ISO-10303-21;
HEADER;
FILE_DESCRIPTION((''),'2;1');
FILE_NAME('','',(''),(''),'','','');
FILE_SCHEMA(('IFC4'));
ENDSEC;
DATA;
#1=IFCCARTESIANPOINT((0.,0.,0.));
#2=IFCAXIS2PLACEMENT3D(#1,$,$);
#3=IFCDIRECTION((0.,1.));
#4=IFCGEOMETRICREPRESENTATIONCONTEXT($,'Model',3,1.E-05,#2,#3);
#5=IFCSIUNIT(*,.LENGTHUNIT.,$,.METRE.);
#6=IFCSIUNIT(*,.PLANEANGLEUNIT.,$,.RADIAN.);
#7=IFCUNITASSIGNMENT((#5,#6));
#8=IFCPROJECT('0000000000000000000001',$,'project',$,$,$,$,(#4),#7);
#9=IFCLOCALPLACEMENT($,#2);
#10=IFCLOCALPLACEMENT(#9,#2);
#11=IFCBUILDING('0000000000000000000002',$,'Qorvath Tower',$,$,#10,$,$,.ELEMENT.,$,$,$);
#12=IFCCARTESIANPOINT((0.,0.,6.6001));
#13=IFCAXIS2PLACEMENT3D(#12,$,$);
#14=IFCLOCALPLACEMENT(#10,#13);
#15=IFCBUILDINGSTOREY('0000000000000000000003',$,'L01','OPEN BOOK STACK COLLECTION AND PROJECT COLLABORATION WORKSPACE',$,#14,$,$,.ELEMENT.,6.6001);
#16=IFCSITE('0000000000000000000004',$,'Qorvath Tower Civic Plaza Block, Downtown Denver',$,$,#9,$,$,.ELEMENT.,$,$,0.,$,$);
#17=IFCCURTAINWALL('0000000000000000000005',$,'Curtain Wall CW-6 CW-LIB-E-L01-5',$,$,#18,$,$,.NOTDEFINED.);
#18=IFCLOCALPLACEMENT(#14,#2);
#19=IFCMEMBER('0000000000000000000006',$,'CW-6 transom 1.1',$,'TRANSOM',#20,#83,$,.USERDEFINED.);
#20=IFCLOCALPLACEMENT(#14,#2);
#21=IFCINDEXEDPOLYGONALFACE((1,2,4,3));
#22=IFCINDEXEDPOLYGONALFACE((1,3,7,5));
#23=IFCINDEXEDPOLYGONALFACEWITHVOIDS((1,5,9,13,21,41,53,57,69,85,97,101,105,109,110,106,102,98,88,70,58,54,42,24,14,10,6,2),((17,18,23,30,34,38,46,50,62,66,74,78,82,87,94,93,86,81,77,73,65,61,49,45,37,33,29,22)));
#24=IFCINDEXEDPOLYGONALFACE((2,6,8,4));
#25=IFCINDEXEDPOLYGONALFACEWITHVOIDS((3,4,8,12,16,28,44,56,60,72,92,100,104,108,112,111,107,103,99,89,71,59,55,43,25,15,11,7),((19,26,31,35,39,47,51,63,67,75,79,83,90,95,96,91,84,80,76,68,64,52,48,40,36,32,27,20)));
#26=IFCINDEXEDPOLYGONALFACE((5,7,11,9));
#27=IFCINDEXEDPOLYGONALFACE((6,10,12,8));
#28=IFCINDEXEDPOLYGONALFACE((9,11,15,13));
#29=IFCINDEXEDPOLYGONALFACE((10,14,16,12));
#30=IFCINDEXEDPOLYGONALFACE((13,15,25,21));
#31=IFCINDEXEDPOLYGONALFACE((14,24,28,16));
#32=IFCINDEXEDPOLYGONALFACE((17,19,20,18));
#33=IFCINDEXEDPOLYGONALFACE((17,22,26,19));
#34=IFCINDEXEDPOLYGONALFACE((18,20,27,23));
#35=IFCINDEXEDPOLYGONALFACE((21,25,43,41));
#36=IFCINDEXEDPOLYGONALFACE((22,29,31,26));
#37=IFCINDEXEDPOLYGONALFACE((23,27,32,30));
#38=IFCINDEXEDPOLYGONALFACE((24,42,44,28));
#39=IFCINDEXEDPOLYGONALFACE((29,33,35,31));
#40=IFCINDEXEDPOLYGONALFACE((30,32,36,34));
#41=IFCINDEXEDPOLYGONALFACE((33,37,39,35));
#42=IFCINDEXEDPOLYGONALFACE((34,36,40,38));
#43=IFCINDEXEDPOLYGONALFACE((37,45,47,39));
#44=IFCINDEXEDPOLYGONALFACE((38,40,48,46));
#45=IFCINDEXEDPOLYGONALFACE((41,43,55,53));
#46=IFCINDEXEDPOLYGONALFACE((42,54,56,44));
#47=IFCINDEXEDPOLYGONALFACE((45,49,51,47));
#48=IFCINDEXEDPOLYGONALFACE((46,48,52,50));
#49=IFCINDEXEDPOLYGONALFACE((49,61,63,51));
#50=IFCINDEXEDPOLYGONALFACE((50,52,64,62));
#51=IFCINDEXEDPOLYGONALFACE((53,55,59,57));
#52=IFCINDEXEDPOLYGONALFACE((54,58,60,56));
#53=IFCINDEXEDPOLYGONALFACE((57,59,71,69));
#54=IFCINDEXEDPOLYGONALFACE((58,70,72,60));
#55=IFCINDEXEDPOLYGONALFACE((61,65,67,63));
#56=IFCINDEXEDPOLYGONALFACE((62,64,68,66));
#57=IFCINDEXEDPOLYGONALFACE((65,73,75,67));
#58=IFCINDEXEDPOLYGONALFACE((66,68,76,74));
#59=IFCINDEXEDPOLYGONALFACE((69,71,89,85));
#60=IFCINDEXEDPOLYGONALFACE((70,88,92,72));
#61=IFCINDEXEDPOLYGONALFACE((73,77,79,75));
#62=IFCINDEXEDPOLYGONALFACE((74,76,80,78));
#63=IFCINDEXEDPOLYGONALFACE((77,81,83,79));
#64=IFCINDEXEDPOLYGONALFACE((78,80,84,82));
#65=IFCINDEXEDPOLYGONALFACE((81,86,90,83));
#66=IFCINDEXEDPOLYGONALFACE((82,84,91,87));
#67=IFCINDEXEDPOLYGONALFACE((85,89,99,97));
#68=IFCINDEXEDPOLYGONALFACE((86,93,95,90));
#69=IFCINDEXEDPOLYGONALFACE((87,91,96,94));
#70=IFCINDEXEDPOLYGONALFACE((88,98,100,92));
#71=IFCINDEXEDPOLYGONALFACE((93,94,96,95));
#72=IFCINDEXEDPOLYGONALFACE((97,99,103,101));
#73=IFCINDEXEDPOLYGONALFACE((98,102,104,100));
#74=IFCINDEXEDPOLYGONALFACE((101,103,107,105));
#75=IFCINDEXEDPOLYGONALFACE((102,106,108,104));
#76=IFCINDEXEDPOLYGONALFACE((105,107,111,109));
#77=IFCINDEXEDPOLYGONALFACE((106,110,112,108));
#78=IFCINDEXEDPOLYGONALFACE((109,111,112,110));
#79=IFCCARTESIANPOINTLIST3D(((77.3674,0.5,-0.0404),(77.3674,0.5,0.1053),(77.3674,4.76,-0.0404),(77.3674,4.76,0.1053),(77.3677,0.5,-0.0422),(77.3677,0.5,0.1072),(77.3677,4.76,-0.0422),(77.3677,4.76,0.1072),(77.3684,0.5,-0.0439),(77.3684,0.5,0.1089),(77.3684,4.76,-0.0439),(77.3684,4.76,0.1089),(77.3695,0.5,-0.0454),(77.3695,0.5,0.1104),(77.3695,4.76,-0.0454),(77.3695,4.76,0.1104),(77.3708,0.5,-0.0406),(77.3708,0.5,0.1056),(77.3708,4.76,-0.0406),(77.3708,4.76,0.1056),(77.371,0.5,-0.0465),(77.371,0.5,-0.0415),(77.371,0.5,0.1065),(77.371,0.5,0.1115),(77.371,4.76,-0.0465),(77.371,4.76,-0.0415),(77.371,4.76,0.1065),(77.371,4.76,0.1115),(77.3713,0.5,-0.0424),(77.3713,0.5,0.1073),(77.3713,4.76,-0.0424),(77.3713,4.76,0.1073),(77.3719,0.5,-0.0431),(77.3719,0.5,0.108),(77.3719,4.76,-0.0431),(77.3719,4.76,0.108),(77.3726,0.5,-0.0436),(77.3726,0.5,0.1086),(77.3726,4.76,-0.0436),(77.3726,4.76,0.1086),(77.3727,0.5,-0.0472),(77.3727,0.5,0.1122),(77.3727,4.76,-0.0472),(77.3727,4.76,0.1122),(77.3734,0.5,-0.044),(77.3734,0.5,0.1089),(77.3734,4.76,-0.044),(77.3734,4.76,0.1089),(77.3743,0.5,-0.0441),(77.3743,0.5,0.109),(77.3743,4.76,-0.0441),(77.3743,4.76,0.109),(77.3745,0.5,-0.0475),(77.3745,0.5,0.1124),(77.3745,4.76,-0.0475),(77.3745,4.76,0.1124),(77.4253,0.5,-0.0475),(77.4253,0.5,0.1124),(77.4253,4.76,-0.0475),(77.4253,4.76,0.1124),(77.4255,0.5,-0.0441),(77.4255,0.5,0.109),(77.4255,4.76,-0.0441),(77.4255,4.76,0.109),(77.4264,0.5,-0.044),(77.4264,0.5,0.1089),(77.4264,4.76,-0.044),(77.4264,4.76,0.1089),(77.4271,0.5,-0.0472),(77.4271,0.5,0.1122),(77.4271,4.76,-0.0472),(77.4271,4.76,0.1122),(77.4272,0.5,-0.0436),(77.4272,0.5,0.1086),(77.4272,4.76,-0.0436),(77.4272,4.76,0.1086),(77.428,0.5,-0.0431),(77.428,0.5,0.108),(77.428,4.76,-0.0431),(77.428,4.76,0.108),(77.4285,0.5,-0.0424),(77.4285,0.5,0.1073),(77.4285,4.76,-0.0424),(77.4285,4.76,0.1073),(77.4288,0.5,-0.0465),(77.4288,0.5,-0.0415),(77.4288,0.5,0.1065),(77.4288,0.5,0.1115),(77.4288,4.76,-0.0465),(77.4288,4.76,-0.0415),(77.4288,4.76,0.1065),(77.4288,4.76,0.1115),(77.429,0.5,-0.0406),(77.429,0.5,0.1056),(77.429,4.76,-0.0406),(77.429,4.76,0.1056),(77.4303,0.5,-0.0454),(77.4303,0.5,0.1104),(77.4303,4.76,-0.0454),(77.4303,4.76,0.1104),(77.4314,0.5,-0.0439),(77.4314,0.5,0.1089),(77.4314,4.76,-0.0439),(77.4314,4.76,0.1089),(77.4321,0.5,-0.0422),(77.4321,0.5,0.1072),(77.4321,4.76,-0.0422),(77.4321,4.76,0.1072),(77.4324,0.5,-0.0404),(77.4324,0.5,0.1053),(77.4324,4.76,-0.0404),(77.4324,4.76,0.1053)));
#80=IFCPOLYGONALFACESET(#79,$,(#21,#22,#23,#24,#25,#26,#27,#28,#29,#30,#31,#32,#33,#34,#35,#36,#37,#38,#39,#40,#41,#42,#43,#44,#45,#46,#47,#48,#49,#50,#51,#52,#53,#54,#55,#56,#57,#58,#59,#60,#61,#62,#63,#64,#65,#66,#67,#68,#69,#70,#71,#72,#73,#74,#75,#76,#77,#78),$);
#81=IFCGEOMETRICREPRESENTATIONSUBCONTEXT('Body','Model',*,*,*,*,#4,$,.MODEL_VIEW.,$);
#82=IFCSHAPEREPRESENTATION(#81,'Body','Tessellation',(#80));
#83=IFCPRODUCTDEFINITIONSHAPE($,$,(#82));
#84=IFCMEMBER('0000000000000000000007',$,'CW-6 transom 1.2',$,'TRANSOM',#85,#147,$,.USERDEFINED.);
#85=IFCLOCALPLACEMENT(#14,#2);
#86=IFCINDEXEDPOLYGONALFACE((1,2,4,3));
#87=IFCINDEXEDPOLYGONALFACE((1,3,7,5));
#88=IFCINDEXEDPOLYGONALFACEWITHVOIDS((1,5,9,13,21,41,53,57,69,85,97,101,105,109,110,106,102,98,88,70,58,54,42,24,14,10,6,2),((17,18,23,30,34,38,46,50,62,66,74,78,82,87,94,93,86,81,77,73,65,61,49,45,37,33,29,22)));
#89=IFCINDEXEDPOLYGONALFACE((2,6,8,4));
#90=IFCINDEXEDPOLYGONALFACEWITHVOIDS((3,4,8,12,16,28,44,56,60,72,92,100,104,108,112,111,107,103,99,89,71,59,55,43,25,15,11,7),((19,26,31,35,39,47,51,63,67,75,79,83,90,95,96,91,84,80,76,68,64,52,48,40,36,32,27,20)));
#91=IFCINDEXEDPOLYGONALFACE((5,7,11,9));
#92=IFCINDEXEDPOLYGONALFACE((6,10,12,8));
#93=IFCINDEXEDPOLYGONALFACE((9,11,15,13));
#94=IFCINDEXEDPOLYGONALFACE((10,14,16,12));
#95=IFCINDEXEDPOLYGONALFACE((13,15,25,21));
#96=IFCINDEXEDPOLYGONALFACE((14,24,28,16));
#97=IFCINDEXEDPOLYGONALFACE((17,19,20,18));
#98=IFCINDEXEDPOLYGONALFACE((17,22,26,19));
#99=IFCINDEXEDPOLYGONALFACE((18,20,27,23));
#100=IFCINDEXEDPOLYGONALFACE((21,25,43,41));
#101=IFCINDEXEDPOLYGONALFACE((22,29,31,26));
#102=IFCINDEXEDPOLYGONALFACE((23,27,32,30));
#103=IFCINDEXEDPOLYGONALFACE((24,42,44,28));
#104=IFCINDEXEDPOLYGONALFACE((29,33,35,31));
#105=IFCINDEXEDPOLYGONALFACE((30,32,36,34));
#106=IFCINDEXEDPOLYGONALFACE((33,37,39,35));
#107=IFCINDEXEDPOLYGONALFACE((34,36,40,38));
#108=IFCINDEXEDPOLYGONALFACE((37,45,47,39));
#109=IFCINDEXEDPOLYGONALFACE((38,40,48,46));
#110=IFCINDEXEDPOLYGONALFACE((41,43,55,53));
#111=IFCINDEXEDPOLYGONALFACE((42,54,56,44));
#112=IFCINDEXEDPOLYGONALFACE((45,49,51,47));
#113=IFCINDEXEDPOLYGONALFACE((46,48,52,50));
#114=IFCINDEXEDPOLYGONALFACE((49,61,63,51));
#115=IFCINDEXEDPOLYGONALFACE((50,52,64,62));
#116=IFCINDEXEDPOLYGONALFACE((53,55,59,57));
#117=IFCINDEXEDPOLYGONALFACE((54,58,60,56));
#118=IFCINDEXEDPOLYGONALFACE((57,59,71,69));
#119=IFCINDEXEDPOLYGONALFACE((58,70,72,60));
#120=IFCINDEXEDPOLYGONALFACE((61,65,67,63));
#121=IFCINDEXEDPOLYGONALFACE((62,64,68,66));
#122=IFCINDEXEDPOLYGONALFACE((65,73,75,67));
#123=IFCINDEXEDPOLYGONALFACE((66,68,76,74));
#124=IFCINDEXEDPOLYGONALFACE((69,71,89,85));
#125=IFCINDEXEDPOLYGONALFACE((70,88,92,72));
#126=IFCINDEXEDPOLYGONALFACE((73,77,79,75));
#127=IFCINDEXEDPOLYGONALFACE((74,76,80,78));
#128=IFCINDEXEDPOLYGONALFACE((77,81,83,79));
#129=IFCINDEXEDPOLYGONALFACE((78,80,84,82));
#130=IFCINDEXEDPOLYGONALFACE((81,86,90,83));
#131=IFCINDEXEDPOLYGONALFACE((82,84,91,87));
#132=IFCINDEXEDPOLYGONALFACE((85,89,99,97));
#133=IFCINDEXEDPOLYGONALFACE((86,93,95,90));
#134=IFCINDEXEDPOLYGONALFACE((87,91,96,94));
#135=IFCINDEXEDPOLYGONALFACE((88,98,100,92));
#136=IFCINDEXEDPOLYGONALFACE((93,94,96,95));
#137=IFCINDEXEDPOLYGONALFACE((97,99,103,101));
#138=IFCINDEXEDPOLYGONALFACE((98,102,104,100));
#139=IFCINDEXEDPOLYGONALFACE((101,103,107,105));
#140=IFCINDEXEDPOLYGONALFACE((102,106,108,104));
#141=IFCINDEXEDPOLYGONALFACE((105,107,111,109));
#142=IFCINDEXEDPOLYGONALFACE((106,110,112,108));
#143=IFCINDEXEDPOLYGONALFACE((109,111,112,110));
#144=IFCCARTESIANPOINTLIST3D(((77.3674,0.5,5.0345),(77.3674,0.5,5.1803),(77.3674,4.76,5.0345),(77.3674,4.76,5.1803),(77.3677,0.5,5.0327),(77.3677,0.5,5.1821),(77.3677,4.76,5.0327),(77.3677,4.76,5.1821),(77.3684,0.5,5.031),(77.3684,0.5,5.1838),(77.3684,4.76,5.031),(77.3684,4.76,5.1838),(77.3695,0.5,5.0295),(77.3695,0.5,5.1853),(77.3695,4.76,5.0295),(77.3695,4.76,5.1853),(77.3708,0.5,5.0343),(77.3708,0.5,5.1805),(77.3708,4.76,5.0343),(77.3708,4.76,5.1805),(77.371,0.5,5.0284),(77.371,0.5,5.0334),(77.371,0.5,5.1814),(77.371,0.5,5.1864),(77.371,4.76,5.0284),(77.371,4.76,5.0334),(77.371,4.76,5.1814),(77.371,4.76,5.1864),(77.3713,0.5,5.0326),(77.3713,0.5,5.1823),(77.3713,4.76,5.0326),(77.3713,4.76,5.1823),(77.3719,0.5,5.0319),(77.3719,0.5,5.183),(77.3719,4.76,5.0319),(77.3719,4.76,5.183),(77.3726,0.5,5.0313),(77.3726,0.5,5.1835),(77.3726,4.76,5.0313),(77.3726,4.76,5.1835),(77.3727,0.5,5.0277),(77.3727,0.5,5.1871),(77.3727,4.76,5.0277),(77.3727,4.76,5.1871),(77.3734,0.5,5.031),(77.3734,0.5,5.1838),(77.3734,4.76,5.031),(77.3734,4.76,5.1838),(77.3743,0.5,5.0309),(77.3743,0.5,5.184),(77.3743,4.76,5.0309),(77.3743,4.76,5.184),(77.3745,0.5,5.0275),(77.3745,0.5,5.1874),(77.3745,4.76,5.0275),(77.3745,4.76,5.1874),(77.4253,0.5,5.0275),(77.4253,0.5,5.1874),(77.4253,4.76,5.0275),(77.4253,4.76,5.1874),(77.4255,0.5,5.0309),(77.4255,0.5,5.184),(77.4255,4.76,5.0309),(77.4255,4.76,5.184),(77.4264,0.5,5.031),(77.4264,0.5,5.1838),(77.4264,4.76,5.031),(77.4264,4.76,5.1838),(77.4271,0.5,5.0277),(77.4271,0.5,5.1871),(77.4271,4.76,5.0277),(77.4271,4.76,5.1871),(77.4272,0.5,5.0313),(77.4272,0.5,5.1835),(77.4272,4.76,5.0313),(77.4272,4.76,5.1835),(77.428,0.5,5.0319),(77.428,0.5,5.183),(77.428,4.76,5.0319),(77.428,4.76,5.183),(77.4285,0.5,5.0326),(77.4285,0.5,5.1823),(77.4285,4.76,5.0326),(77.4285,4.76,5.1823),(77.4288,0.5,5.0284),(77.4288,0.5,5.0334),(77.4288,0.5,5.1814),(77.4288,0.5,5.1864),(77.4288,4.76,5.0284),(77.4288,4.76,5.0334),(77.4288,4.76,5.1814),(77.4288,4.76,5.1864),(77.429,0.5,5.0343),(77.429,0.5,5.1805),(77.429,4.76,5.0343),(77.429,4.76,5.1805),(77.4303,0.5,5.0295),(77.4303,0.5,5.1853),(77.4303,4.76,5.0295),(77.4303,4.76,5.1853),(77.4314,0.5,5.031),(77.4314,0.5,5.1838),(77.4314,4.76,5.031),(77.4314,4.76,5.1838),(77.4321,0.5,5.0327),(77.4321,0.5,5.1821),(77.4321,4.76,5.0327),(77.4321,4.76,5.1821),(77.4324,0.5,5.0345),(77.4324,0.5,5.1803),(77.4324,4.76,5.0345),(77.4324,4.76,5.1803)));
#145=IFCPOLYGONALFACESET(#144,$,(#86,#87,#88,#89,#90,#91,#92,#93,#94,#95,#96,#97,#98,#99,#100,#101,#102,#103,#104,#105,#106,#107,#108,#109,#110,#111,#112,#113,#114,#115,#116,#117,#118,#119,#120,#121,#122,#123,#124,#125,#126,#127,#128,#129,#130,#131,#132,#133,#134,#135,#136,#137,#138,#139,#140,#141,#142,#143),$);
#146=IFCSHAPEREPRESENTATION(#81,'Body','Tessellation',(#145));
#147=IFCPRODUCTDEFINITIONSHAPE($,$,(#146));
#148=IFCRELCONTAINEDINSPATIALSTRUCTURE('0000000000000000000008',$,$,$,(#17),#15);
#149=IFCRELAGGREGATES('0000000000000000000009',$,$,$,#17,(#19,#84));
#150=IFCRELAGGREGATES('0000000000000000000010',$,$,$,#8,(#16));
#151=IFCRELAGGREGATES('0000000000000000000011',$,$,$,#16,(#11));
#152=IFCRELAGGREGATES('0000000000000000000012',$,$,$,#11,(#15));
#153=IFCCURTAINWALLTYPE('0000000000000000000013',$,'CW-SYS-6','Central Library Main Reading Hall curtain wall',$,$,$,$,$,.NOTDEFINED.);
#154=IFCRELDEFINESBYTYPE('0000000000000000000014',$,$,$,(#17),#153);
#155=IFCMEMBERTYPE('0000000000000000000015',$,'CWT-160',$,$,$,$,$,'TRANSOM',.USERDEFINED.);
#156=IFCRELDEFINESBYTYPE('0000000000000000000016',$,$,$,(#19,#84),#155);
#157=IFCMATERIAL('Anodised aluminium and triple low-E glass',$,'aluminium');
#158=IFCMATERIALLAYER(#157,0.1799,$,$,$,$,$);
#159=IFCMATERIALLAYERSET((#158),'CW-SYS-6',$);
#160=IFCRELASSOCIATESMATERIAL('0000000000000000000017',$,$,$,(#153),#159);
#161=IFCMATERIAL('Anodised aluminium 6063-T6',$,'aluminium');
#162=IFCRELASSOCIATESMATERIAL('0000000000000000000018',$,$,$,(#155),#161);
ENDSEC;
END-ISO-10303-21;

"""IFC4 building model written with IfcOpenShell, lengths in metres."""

from ifc_helpers import new_model, si_unit, direction, frame, origin, origin_2d, place, context, subcontext, project, spatial, hollow_rectangle, extrude, material, layer, layer_set, material_profile, profile_set, type_object, element, aggregate, save


model = new_model("IFC4")

# Units and contexts
model_context = context("Model", 3, precision=1e-05, world=origin(), true_north=direction((0.0, 1.0)))
body_context = subcontext(model_context, "Body", "Model", "MODEL_VIEW")
ifc_project = project(units=[si_unit("LENGTHUNIT", "METRE"), si_unit("PLANEANGLEUNIT", "RADIAN")], contexts=[model_context])

# Site, building, storey
site_placement = place(None, origin())
site = spatial("IfcSite", under=ifc_project, at=site_placement, Name="Qorvath Tower Civic Plaza Block, Downtown Denver", CompositionType="ELEMENT", RefElevation=0.0)
building_placement = place(site_placement, origin())
building = spatial("IfcBuilding", under=site, at=building_placement, Name="Qorvath Tower", CompositionType="ELEMENT")
storey_placement = place(building_placement, frame((0.0, 0.0, 6.6001)))
storey = spatial("IfcBuildingStorey", under=building, at=storey_placement, Name="L01", Description="OPEN BOOK STACK COLLECTION AND PROJECT COLLABORATION WORKSPACE", CompositionType="ELEMENT", Elevation=6.6001)

# Curtain wall
ifc_material_1 = material(Name="Anodised aluminium and triple low-E glass", Category="aluminium")
ifc_layer_1 = layer(ifc_material_1, 0.1799)
ifc_layer_set_1 = layer_set([ifc_layer_1], Name="CW-SYS-6")
curtain_wall_type = type_object("IfcCurtainWallType", Name="CW-SYS-6", Description="Central Library Main Reading Hall curtain wall", PredefinedType="NOTDEFINED", material=ifc_layer_set_1)
curtain_wall_1_placement = place(storey_placement, origin())
curtain_wall_1 = element("IfcCurtainWall", 1, at=curtain_wall_1_placement, inside=storey, type_object=curtain_wall_type, Name="Curtain Wall CW-6 CW-LIB-E-L01-5", PredefinedType="NOTDEFINED")

# Members
ifc_material_2 = material(Name="Anodised aluminium 6063-T6", Category="aluminium")
ifc_material_profile_1 = material_profile(ifc_material_2, hollow_rectangle(XDim=0.0649, YDim=0.1599, WallThickness=0.0034, InnerFilletRadius=0.0034, OuterFilletRadius=0.0071, at=origin_2d()), Name="CWT 160x65")
ifc_profile_set_1 = profile_set([ifc_material_profile_1], Name="Anodised aluminium 6063-T6")
member_type_1 = type_object("IfcMemberType", Name="CWT-160", ElementType="TRANSOM", PredefinedType="USERDEFINED", material=ifc_profile_set_1)
member_1_placement = place(storey_placement, frame((77.3999, 0.5, 0.0325), z_axis=(0.0, 1.0, 0.0), x_axis=(-1.0, 0.0, 0.0)))
member_1 = element("IfcMember", 2, at=member_1_placement, type_object=member_type_1, Name="CW-6 transom 1.1", ObjectType="TRANSOM", PredefinedType="USERDEFINED", context=body_context, shape_type="SweptSolid", body=[
    extrude(hollow_rectangle(XDim=0.0649, YDim=0.1599, WallThickness=0.0034, InnerFilletRadius=0.0034, OuterFilletRadius=0.0071, at=origin_2d()), origin(), (0.0, 0.0, 1.0), 4.26),
])
member_2_placement = place(storey_placement, frame((77.3999, 0.5, 5.1074), z_axis=(0.0, 1.0, 0.0), x_axis=(-1.0, 0.0, 0.0)))
member_2 = element("IfcMember", 3, at=member_2_placement, type_object=member_type_1, Name="CW-6 transom 1.2", ObjectType="TRANSOM", PredefinedType="USERDEFINED", context=body_context, shape_type="SweptSolid", body=[
    extrude(hollow_rectangle(XDim=0.0649, YDim=0.1599, WallThickness=0.0034, InnerFilletRadius=0.0034, OuterFilletRadius=0.0071, at=origin_2d()), origin(), (0.0, 0.0, 1.0), 4.26),
])

aggregate(curtain_wall_1, [member_1, member_2])

save(model, "model.ifc")
